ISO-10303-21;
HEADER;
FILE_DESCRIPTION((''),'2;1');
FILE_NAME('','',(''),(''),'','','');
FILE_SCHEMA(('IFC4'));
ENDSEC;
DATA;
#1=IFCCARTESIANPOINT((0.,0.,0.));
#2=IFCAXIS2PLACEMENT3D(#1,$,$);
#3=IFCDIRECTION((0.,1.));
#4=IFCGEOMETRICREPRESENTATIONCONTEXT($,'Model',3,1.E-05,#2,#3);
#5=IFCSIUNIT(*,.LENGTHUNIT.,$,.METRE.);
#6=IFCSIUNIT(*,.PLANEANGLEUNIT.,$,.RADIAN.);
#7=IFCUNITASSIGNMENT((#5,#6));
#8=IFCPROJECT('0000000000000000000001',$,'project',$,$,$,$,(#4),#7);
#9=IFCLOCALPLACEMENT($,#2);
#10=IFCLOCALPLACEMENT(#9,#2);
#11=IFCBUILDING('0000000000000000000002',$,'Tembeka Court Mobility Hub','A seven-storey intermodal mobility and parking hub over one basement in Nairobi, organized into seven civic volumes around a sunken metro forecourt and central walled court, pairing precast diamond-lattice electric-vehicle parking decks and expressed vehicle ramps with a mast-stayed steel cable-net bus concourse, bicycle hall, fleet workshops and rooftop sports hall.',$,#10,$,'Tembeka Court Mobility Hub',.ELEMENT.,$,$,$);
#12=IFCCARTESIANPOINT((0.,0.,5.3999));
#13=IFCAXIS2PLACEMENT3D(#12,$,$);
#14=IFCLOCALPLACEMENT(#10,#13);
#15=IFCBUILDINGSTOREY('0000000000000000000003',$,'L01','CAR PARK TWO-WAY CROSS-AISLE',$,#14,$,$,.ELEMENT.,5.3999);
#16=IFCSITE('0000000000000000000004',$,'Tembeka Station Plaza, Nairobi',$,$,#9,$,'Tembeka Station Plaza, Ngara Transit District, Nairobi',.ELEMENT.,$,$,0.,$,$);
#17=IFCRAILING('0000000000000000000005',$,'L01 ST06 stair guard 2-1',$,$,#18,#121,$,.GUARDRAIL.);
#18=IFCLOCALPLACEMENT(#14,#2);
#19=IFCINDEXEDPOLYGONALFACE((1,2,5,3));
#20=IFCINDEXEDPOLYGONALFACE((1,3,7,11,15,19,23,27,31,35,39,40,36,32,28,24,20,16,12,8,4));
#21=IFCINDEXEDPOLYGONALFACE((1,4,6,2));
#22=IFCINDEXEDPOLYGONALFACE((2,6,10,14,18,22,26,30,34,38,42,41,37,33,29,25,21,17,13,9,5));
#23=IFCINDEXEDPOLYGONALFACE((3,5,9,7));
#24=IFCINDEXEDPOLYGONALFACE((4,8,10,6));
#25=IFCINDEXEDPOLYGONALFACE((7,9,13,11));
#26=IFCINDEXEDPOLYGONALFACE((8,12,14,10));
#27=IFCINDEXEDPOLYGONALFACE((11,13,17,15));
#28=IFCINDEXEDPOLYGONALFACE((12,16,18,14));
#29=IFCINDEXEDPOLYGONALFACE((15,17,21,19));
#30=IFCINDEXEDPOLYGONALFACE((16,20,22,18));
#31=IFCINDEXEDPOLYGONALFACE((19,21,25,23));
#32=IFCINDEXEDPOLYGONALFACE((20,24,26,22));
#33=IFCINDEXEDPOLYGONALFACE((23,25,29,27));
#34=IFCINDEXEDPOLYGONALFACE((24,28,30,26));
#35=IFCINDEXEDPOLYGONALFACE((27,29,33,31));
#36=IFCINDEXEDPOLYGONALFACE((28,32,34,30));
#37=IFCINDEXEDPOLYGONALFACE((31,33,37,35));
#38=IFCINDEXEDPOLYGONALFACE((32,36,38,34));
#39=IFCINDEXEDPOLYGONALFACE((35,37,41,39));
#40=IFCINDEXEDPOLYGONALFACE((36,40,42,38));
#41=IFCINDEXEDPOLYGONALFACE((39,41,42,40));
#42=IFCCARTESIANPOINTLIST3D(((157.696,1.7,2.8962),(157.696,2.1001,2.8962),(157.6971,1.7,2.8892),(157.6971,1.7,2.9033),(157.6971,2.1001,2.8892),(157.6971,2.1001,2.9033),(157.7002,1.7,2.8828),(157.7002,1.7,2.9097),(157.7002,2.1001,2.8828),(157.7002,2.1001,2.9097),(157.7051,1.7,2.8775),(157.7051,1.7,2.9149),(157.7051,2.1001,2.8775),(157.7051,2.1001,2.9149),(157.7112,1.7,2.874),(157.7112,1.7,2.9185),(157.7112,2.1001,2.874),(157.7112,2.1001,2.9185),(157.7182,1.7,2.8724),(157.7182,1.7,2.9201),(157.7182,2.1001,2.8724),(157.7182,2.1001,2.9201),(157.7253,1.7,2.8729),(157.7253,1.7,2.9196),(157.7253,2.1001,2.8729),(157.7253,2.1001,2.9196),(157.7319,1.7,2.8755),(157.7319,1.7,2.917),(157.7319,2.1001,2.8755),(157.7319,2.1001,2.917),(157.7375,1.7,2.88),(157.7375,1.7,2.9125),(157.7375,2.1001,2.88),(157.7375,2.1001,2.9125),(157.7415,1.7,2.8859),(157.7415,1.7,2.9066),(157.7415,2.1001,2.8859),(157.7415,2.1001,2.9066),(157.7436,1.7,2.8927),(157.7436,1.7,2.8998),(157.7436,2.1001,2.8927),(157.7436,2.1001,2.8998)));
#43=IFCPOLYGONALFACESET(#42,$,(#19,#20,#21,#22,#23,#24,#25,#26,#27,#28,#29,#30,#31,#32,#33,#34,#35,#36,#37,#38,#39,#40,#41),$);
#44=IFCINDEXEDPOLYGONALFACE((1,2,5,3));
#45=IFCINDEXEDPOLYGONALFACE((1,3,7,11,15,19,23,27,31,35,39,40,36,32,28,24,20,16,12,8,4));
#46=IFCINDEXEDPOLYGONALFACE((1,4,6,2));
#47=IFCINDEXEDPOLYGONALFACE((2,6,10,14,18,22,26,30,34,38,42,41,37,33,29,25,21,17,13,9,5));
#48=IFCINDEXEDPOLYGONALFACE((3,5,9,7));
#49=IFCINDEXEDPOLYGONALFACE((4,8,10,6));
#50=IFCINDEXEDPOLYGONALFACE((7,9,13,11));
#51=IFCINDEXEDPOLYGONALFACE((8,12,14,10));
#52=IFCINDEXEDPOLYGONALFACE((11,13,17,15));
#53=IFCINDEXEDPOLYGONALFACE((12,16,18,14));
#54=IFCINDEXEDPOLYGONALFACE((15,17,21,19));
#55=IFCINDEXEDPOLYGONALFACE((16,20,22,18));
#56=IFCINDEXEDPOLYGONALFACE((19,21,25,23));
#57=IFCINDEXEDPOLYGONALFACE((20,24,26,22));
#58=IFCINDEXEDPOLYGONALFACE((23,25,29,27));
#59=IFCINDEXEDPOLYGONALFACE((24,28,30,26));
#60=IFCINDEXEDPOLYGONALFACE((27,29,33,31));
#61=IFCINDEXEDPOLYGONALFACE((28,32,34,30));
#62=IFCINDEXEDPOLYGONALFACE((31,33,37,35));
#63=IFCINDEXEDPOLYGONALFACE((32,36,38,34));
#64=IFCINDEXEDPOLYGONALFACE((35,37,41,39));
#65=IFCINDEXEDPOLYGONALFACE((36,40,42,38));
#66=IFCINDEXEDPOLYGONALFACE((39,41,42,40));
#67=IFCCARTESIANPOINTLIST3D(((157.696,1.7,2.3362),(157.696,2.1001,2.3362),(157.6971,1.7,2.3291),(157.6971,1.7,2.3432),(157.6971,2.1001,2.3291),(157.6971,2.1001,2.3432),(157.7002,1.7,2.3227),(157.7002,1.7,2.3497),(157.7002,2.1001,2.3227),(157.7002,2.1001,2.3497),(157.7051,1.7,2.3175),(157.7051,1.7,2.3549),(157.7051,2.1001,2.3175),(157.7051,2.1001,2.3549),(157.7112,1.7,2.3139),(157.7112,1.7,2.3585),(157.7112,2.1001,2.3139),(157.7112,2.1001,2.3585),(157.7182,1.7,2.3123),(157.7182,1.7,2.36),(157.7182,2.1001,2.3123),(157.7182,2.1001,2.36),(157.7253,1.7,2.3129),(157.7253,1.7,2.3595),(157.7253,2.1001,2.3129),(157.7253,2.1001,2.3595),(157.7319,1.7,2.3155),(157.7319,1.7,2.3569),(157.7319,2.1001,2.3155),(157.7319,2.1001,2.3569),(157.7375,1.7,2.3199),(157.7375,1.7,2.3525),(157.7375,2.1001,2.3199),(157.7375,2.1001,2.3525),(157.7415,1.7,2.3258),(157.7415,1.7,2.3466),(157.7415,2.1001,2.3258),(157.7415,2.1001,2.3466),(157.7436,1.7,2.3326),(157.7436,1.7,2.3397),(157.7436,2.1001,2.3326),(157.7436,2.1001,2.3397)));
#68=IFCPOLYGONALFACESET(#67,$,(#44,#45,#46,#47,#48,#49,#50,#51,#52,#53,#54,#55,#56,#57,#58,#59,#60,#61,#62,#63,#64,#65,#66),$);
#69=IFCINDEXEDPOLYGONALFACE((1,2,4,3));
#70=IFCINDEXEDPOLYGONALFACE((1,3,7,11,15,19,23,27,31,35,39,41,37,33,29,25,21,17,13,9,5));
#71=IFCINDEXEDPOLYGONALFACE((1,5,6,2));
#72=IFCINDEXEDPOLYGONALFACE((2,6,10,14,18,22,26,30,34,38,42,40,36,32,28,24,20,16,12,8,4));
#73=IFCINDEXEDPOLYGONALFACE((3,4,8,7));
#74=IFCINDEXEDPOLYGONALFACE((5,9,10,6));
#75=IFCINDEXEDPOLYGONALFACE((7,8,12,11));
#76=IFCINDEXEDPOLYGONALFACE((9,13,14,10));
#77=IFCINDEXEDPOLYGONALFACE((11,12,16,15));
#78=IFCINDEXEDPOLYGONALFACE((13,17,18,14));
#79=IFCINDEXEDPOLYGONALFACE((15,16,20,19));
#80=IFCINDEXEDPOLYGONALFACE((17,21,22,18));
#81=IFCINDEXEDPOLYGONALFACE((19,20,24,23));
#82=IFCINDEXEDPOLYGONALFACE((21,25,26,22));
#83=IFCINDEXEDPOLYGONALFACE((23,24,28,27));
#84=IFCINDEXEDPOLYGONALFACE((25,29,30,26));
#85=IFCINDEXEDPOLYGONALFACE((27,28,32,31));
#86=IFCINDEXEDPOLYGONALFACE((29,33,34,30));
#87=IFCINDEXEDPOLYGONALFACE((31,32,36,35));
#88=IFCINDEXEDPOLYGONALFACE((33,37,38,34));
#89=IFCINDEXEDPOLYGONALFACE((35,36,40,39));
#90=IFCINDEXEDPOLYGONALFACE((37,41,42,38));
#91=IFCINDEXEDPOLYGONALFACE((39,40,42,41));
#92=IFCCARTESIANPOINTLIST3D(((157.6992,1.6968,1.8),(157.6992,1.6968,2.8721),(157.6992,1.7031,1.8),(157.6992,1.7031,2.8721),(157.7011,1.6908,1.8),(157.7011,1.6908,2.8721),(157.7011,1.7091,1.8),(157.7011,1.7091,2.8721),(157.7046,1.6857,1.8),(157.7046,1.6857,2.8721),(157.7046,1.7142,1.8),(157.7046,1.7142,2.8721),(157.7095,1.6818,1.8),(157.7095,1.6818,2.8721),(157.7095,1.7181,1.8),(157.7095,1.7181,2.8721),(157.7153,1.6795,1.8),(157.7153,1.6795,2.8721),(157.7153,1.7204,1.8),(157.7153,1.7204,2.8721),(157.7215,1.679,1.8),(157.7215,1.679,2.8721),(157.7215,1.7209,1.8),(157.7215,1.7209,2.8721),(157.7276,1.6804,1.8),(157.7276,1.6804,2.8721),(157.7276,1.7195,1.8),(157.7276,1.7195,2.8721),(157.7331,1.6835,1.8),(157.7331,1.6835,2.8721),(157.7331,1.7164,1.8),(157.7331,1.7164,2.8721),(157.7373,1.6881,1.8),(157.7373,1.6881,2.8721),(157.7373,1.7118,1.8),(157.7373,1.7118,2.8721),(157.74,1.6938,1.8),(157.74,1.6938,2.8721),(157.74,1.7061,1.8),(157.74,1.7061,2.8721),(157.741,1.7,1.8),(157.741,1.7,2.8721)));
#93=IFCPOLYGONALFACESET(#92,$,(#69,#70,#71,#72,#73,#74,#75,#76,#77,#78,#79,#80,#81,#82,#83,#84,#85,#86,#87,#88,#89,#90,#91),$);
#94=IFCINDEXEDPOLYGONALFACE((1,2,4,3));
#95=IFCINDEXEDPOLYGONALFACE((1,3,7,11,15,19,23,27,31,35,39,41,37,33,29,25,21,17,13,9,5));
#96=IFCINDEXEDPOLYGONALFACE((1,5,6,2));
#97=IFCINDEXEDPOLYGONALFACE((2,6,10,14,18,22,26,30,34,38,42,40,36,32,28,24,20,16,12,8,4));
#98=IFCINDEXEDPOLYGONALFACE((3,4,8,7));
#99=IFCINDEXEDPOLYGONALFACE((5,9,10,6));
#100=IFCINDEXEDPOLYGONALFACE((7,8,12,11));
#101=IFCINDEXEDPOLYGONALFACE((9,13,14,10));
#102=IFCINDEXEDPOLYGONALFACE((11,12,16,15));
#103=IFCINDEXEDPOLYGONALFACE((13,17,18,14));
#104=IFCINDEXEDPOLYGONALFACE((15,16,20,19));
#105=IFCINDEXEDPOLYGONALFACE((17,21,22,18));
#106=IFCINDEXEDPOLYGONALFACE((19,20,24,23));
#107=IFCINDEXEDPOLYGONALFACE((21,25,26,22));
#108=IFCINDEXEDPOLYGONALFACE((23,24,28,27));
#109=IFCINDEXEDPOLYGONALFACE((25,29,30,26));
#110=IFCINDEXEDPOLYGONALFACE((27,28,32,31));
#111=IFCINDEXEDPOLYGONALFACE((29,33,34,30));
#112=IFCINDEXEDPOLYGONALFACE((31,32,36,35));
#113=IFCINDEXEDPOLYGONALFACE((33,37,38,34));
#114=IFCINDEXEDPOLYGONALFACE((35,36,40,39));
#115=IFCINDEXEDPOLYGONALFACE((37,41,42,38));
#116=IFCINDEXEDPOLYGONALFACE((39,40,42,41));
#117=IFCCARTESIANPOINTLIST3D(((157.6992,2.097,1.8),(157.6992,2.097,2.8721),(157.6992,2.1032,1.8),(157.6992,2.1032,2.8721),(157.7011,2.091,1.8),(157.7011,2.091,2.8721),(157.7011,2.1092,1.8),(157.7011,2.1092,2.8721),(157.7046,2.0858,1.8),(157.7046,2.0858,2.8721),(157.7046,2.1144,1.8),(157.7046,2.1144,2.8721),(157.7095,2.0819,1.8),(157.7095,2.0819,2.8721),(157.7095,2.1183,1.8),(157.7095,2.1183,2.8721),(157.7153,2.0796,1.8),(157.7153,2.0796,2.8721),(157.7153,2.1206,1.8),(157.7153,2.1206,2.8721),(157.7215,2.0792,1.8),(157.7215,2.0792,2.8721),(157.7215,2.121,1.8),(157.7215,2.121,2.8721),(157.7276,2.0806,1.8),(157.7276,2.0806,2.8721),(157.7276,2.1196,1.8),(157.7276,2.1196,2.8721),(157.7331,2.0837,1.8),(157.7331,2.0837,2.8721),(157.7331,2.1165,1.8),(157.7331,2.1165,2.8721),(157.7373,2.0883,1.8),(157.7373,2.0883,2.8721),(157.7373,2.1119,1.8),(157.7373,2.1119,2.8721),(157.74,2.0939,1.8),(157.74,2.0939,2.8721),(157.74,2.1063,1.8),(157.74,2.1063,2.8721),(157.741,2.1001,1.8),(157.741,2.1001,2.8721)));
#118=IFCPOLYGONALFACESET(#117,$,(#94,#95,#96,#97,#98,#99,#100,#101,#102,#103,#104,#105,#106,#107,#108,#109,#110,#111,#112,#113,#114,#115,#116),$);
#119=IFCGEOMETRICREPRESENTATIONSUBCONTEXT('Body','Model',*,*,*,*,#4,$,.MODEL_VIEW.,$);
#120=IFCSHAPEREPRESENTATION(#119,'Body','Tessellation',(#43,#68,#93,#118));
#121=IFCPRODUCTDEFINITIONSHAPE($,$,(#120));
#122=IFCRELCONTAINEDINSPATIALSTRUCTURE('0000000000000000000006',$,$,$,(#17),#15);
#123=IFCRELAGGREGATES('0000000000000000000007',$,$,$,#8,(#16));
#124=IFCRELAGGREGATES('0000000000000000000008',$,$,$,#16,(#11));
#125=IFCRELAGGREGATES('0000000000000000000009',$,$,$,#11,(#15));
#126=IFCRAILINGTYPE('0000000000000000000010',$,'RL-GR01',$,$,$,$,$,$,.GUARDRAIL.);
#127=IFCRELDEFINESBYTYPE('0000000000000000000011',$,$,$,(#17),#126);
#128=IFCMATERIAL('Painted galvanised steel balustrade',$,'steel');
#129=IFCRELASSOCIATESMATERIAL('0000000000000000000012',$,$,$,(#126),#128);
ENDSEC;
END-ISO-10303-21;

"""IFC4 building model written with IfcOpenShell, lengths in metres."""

from ifc_helpers import new_model, si_unit, direction, frame, origin, origin_2d, place, context, subcontext, project, spatial, circle, extrude, material, type_object, element, save


model = new_model("IFC4")

# Units and contexts
model_context = context("Model", 3, precision=1e-05, world=origin(), true_north=direction((0.0, 1.0)))
body_context = subcontext(model_context, "Body", "Model", "MODEL_VIEW")
ifc_project = project(units=[si_unit("LENGTHUNIT", "METRE"), si_unit("PLANEANGLEUNIT", "RADIAN")], contexts=[model_context])

# Site, building, storey
site_placement = place(None, origin())
site = spatial("IfcSite", under=ifc_project, at=site_placement, Name="Tembeka Station Plaza, Nairobi", LongName="Tembeka Station Plaza, Ngara Transit District, Nairobi", CompositionType="ELEMENT", RefElevation=0.0)
building_placement = place(site_placement, origin())
building = spatial("IfcBuilding", under=site, at=building_placement, Name="Tembeka Court Mobility Hub", Description="A seven-storey intermodal mobility and parking hub over one basement in Nairobi, organized into seven civic volumes around a sunken metro forecourt and central walled court, pairing precast diamond-lattice electric-vehicle parking decks and expressed vehicle ramps with a mast-stayed steel cable-net bus concourse, bicycle hall, fleet workshops and rooftop sports hall.", LongName="Tembeka Court Mobility Hub", CompositionType="ELEMENT")
storey_placement = place(building_placement, frame((0.0, 0.0, 5.3999)))
storey = spatial("IfcBuildingStorey", under=building, at=storey_placement, Name="L01", Description="CAR PARK TWO-WAY CROSS-AISLE", CompositionType="ELEMENT", Elevation=5.3999)

# Railing
ifc_material_1 = material(Name="Painted galvanised steel balustrade", Category="steel")
railing_type_1 = type_object("IfcRailingType", Name="RL-GR01", PredefinedType="GUARDRAIL", material=ifc_material_1)
railing_1_placement = place(storey_placement, frame((157.72, 1.7, 1.8)))
element("IfcRailing", 1, at=railing_1_placement, inside=storey, type_object=railing_type_1, Name="L01 ST06 stair guard 2-1", PredefinedType="GUARDRAIL", context=body_context, shape_type="SweptSolid", body=[
    extrude(circle(Radius=0.0239, at=origin_2d()), frame((0.0, 0.0, 1.0962), z_axis=(0.0, 1.0, 0.0), x_axis=(-1.0, 0.0, 0.0)), (0.0, 0.0, 1.0), 0.4001),
    extrude(circle(Radius=0.0239, at=origin_2d()), frame((0.0, 0.0, 0.5361), z_axis=(0.0, 1.0, 0.0), x_axis=(-1.0, 0.0, 0.0)), (0.0, 0.0, 1.0), 0.4001),
    extrude(circle(Radius=0.021, at=origin_2d()), origin(), (0.0, 0.0, 1.0), 1.072),
    extrude(circle(Radius=0.021, at=origin_2d()), frame((0.0, 0.4001, 0.0)), (0.0, 0.0, 1.0), 1.072),
])

save(model, "model.ifc")
